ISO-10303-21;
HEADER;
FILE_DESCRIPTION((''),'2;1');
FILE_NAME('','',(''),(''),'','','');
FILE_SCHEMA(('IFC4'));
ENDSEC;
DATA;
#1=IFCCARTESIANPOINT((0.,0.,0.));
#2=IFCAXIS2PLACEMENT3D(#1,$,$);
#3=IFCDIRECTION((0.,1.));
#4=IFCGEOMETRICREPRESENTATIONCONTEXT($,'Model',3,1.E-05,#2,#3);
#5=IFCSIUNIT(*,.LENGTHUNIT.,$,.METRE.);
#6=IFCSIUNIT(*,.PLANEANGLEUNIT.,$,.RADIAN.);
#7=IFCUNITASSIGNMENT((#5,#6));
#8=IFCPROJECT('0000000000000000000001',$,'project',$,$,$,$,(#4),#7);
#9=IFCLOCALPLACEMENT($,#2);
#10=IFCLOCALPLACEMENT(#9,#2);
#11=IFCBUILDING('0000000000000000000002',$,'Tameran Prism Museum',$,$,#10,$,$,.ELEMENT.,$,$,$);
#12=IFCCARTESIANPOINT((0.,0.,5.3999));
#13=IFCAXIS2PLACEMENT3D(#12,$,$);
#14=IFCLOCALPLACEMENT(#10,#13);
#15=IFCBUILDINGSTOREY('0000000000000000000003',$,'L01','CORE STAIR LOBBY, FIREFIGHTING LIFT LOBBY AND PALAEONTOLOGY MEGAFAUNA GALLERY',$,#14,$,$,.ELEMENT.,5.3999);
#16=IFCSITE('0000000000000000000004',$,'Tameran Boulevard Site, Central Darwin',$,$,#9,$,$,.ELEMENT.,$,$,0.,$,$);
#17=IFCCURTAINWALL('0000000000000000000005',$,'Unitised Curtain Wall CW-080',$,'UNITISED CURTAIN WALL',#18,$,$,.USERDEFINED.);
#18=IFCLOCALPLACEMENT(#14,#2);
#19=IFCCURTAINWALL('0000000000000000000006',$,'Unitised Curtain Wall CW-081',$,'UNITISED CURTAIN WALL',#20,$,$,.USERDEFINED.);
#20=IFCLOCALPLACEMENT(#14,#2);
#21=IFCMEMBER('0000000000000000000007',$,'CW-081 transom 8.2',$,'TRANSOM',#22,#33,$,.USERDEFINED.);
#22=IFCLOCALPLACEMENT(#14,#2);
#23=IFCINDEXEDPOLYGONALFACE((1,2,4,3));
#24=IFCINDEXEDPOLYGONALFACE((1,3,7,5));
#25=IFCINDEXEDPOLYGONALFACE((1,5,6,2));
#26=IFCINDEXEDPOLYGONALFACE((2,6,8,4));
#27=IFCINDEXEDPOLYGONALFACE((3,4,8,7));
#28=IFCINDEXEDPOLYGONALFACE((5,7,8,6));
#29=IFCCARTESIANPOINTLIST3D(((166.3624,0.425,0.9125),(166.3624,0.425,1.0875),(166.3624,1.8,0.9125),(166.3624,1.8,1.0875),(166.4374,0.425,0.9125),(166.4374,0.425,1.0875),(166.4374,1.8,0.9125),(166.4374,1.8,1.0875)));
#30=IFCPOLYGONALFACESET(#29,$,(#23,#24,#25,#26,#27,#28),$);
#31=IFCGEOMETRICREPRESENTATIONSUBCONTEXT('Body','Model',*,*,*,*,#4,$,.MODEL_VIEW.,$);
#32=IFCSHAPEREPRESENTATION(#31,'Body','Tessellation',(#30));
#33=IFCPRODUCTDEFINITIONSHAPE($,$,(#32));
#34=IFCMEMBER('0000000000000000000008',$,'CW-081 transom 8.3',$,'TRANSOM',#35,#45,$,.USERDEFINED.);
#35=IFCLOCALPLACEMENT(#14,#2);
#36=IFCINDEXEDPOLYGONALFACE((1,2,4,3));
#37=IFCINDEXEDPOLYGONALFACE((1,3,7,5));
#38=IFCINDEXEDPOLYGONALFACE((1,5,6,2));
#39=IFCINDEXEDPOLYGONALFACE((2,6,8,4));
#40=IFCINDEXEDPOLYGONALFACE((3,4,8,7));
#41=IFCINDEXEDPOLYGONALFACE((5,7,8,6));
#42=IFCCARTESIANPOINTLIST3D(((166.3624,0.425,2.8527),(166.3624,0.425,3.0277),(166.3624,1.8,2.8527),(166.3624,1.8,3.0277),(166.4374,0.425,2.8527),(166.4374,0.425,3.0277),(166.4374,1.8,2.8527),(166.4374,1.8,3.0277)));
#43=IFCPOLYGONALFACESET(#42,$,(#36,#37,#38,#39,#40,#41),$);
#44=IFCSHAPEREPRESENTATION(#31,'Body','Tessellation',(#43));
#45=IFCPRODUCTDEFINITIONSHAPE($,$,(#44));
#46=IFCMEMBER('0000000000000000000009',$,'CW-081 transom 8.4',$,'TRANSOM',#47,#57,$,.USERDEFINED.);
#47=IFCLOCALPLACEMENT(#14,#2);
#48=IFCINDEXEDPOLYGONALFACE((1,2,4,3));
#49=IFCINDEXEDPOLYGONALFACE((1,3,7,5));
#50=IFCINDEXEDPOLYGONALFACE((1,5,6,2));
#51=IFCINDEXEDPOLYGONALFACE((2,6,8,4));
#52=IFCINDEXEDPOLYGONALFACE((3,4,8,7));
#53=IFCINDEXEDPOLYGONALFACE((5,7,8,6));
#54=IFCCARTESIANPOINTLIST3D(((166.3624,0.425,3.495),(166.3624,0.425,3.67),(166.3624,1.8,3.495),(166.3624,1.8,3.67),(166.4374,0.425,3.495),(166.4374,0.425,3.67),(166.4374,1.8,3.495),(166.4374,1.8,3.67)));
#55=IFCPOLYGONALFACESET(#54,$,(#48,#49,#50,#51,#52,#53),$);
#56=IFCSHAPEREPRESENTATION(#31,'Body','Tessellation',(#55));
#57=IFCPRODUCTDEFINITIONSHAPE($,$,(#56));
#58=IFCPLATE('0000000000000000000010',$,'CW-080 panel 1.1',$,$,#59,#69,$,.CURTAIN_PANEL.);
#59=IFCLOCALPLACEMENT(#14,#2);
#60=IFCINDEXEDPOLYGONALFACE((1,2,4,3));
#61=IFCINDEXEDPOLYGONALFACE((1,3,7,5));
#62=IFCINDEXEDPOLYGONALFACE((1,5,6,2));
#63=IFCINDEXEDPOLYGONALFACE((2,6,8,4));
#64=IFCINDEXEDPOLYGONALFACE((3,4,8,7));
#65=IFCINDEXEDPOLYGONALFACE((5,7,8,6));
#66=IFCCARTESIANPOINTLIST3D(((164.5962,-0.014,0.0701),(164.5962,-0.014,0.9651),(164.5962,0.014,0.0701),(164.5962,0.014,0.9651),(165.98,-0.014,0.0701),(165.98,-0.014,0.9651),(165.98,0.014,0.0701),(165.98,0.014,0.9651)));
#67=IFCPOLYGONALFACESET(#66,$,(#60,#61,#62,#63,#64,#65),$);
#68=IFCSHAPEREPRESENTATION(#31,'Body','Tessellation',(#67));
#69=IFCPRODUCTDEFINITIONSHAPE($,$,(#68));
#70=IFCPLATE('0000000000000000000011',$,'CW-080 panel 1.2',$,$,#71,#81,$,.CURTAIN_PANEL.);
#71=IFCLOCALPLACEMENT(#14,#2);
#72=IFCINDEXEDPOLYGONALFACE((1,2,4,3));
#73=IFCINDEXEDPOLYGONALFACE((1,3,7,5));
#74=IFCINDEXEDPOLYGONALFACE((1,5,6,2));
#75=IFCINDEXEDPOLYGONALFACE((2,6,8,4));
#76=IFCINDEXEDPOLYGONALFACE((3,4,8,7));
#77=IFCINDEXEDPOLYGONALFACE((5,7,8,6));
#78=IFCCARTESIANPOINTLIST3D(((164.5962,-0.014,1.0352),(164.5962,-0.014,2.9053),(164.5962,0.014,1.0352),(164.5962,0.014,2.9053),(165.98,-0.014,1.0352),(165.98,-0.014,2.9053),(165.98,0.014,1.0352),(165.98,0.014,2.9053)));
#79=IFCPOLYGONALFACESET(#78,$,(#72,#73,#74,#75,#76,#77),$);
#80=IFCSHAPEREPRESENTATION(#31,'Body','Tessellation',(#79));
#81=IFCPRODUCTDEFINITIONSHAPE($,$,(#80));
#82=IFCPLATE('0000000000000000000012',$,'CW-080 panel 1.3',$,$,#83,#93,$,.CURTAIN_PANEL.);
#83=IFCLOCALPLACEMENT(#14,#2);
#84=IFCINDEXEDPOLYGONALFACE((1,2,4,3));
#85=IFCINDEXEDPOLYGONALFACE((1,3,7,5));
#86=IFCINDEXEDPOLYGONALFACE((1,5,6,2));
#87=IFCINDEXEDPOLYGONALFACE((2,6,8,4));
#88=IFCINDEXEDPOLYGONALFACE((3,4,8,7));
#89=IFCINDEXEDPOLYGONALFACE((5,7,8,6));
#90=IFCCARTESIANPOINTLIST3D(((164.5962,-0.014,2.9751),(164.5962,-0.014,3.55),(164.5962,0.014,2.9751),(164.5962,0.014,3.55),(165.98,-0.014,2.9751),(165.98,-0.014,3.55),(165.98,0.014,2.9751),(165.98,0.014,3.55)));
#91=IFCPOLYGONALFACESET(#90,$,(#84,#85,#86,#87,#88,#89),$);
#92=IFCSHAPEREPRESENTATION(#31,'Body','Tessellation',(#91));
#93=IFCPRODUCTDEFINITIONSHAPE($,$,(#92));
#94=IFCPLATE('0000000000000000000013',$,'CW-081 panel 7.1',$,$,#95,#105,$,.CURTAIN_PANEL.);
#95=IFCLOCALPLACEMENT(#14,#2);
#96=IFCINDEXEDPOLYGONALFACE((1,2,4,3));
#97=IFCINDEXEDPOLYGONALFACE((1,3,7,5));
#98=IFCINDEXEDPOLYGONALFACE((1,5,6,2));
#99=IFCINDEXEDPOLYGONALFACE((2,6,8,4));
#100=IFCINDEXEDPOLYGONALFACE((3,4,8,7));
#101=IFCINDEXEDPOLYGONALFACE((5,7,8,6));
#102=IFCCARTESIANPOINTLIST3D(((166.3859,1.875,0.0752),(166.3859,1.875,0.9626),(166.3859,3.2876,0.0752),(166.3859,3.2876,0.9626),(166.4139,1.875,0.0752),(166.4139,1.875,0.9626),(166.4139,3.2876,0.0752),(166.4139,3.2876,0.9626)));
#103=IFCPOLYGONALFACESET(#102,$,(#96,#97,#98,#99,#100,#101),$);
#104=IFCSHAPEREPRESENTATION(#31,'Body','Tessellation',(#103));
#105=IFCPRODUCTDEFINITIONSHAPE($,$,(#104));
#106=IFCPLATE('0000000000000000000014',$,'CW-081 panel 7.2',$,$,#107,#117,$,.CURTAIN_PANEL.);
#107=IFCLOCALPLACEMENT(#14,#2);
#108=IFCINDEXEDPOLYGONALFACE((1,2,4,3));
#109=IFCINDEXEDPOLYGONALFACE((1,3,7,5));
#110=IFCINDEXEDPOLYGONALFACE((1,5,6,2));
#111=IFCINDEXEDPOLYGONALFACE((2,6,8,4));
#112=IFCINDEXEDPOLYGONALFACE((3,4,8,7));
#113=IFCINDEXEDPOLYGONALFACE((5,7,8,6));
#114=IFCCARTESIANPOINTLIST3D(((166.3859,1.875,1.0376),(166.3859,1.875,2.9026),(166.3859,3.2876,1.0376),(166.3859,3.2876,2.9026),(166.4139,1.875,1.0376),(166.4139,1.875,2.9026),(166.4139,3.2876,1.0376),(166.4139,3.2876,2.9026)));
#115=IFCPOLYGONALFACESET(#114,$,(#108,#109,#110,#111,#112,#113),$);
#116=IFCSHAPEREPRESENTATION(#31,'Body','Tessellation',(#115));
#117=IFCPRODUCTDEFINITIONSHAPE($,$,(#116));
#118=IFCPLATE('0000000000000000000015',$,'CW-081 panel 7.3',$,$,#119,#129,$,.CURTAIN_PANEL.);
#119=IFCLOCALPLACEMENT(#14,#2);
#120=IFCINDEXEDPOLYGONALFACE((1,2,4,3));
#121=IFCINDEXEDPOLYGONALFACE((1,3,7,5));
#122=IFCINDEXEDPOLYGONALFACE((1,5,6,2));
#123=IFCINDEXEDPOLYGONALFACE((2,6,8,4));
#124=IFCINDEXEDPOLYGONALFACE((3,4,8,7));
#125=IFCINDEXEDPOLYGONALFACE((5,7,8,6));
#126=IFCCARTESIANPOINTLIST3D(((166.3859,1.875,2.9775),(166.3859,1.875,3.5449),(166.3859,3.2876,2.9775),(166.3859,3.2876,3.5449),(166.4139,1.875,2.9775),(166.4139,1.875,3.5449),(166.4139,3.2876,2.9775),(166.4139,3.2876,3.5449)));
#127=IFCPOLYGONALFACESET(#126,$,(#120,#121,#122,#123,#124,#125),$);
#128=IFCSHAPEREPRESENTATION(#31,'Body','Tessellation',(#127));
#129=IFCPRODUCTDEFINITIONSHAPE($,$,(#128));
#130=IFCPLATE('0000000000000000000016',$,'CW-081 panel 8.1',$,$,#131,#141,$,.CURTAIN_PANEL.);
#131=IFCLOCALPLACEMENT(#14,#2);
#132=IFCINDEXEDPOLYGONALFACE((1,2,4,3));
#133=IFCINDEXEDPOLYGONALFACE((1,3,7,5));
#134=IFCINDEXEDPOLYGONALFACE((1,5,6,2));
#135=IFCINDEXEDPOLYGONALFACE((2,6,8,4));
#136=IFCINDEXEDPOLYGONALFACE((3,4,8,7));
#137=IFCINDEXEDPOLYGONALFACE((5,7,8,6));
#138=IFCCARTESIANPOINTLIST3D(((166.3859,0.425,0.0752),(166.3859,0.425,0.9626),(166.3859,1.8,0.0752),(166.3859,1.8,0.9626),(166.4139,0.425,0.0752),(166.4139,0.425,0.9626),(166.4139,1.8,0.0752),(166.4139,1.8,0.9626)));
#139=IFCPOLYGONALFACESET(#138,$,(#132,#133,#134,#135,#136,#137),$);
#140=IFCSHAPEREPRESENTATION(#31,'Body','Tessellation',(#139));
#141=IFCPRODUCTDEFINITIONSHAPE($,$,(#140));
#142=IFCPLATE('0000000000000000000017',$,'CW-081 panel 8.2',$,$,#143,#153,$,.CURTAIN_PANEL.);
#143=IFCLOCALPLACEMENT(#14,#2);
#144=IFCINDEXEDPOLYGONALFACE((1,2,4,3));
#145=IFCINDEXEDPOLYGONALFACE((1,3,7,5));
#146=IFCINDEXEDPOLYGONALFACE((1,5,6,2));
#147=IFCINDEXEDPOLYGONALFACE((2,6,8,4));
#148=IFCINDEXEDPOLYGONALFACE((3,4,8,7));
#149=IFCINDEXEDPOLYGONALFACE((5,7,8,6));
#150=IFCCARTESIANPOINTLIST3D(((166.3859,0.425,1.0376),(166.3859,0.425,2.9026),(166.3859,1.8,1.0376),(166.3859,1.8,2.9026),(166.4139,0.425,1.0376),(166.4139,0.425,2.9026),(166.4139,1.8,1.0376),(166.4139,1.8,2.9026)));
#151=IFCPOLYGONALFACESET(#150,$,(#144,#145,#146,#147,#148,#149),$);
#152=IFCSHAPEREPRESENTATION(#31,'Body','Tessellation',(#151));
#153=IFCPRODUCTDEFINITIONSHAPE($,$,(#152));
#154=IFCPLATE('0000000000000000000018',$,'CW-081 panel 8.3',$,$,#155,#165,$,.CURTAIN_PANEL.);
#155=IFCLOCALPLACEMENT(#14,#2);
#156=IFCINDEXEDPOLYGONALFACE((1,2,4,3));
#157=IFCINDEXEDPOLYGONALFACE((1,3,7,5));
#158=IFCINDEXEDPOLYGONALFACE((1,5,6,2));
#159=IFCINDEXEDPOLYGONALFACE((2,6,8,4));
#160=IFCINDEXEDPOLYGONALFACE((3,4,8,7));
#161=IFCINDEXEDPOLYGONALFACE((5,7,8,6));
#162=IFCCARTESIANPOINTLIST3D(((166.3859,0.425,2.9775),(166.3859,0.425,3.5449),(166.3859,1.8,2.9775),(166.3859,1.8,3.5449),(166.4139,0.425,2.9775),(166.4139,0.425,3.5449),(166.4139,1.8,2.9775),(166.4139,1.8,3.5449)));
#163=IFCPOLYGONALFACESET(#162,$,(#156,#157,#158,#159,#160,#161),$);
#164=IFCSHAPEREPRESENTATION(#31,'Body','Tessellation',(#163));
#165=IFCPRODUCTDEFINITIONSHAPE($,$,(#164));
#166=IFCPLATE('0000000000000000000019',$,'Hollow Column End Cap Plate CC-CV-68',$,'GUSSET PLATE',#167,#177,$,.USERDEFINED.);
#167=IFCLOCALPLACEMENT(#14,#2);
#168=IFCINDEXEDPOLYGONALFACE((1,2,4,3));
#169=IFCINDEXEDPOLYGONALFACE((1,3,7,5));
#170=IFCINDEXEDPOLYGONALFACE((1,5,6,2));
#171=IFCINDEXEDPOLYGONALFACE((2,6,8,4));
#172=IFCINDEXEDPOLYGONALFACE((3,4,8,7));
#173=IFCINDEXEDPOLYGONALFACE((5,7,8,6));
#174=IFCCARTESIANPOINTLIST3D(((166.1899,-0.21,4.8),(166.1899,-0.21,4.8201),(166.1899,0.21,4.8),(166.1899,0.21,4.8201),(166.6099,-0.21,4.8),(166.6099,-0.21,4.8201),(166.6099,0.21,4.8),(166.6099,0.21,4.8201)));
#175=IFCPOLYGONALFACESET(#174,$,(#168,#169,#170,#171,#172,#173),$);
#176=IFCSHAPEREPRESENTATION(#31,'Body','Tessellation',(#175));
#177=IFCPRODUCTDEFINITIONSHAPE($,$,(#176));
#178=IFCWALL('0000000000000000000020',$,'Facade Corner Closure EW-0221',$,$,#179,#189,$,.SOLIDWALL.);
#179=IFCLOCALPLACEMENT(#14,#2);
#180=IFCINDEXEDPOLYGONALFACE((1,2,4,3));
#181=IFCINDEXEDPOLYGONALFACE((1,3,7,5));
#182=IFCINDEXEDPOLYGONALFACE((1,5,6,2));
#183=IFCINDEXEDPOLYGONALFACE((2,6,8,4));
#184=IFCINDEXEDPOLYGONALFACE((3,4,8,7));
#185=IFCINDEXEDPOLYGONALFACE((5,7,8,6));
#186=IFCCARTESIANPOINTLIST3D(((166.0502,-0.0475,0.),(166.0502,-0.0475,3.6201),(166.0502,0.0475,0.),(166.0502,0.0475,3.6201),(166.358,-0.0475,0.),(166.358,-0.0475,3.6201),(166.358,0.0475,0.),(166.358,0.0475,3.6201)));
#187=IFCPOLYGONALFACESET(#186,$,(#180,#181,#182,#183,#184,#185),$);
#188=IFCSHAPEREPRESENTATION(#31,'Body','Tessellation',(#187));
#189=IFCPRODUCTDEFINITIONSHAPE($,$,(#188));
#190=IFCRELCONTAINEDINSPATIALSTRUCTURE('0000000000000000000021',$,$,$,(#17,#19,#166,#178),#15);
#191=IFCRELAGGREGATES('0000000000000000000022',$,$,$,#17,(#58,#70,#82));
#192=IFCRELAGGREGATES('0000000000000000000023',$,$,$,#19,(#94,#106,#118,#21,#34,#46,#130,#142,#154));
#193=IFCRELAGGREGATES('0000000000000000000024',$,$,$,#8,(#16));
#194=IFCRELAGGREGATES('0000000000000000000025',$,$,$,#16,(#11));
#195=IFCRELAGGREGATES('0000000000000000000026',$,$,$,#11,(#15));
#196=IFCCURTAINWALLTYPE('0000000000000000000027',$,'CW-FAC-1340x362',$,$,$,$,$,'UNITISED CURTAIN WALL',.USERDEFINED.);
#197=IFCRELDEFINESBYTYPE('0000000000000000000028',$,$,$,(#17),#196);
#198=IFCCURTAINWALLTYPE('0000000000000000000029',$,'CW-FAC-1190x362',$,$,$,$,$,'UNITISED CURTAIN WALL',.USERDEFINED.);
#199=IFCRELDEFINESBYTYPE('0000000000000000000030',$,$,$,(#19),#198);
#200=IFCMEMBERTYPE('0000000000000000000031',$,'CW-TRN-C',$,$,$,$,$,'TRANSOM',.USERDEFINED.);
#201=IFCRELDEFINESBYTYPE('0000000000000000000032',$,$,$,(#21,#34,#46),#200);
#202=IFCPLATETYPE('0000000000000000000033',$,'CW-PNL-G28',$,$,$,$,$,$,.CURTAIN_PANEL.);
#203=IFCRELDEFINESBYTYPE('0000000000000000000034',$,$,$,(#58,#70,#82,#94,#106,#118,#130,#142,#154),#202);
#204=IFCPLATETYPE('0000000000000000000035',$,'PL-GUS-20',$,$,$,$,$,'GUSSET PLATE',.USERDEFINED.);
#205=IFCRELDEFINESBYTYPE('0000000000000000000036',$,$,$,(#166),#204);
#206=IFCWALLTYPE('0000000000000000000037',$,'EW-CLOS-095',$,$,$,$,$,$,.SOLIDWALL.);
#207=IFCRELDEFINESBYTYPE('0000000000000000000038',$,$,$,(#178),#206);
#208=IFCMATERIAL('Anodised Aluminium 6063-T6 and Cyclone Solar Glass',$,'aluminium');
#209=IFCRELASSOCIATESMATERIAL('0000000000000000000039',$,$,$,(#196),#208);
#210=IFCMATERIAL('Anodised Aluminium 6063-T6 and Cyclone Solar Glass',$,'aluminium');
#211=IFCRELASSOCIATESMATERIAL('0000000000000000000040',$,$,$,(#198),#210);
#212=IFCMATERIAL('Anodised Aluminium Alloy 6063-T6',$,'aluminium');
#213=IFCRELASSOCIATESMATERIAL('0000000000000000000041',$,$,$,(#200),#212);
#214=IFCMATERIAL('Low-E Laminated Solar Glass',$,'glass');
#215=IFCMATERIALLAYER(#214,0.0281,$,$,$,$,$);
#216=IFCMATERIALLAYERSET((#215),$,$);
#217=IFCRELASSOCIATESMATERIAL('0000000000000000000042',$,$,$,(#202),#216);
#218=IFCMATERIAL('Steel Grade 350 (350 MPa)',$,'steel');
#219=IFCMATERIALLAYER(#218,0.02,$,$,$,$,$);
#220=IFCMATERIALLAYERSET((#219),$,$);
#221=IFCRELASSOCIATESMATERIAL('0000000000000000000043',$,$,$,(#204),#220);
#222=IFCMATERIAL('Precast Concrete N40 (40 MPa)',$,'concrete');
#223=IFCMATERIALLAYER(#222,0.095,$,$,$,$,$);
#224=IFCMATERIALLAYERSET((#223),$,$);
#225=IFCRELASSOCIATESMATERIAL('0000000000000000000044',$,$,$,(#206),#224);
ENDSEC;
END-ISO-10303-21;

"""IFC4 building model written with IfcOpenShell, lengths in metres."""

from ifc_helpers import new_model, si_unit, direction, frame, frame_2d, origin, origin_2d, place, context, subcontext, project, spatial, rectangle, extrude, material, layer, layer_set, material_profile, profile_set, type_object, element, aggregate, save


model = new_model("IFC4")

# Units and contexts
model_context = context("Model", 3, precision=1e-05, world=origin(), true_north=direction((0.0, 1.0)))
body_context = subcontext(model_context, "Body", "Model", "MODEL_VIEW")
ifc_project = project(units=[si_unit("LENGTHUNIT", "METRE"), si_unit("PLANEANGLEUNIT", "RADIAN")], contexts=[model_context])

# Site, building, storey
site_placement = place(None, origin())
site = spatial("IfcSite", under=ifc_project, at=site_placement, Name="Tameran Boulevard Site, Central Darwin", CompositionType="ELEMENT", RefElevation=0.0)
building_placement = place(site_placement, origin())
building = spatial("IfcBuilding", under=site, at=building_placement, Name="Tameran Prism Museum", CompositionType="ELEMENT")
storey_placement = place(building_placement, frame((0.0, 0.0, 5.3999)))
storey = spatial("IfcBuildingStorey", under=building, at=storey_placement, Name="L01", Description="CORE STAIR LOBBY, FIREFIGHTING LIFT LOBBY AND PALAEONTOLOGY MEGAFAUNA GALLERY", CompositionType="ELEMENT", Elevation=5.3999)

# Curtain walls
ifc_material_1 = material(Name="Anodised Aluminium 6063-T6 and Cyclone Solar Glass", Category="aluminium")
curtain_wall_type_1 = type_object("IfcCurtainWallType", Name="CW-FAC-1340x362", ElementType="UNITISED CURTAIN WALL", PredefinedType="USERDEFINED", material=ifc_material_1)
curtain_wall_1_placement = place(storey_placement, origin())
curtain_wall_1 = element("IfcCurtainWall", 1, at=curtain_wall_1_placement, inside=storey, type_object=curtain_wall_type_1, Name="Unitised Curtain Wall CW-080", ObjectType="UNITISED CURTAIN WALL", PredefinedType="USERDEFINED")
ifc_material_2 = material(Name="Anodised Aluminium 6063-T6 and Cyclone Solar Glass", Category="aluminium")
curtain_wall_type_2 = type_object("IfcCurtainWallType", Name="CW-FAC-1190x362", ElementType="UNITISED CURTAIN WALL", PredefinedType="USERDEFINED", material=ifc_material_2)
curtain_wall_2_placement = place(storey_placement, origin())
curtain_wall_2 = element("IfcCurtainWall", 2, at=curtain_wall_2_placement, inside=storey, type_object=curtain_wall_type_2, Name="Unitised Curtain Wall CW-081", ObjectType="UNITISED CURTAIN WALL", PredefinedType="USERDEFINED")

# Members
ifc_material_3 = material(Name="Anodised Aluminium Alloy 6063-T6", Category="aluminium")
ifc_material_profile_1 = material_profile(ifc_material_3, rectangle(XDim=0.075, YDim=0.175, at=origin_2d()))
ifc_profile_set_1 = profile_set([ifc_material_profile_1])
member_type_1 = type_object("IfcMemberType", Name="CW-TRN-C", ElementType="TRANSOM", PredefinedType="USERDEFINED", material=ifc_profile_set_1)
member_1_placement = place(storey_placement, frame((166.3999, 1.8, 1.0), z_axis=(0.0, -1.0, 0.0), x_axis=(1.0, 0.0, 0.0)))
member_1 = element("IfcMember", 3, at=member_1_placement, type_object=member_type_1, Name="CW-081 transom 8.2", ObjectType="TRANSOM", PredefinedType="USERDEFINED", context=body_context, shape_type="SweptSolid", body=[
    extrude(rectangle(XDim=0.075, YDim=0.175, at=origin_2d()), origin(), (0.0, 0.0, 1.0), 1.375),
])
member_2_placement = place(storey_placement, frame((166.3999, 1.8, 2.9402), z_axis=(0.0, -1.0, 0.0), x_axis=(1.0, 0.0, 0.0)))
member_2 = element("IfcMember", 4, at=member_2_placement, type_object=member_type_1, Name="CW-081 transom 8.3", ObjectType="TRANSOM", PredefinedType="USERDEFINED", context=body_context, shape_type="SweptSolid", body=[
    extrude(rectangle(XDim=0.075, YDim=0.175, at=origin_2d()), origin(), (0.0, 0.0, 1.0), 1.375),
])
member_3_placement = place(storey_placement, frame((166.3999, 1.8, 3.5825), z_axis=(0.0, -1.0, 0.0), x_axis=(1.0, 0.0, 0.0)))
member_3 = element("IfcMember", 5, at=member_3_placement, type_object=member_type_1, Name="CW-081 transom 8.4", ObjectType="TRANSOM", PredefinedType="USERDEFINED", context=body_context, shape_type="SweptSolid", body=[
    extrude(rectangle(XDim=0.075, YDim=0.175, at=origin_2d()), origin(), (0.0, 0.0, 1.0), 1.375),
])

# Plates
ifc_material_4 = material(Name="Low-E Laminated Solar Glass", Category="glass")
ifc_layer_1 = layer(ifc_material_4, 0.0281)
ifc_layer_set_1 = layer_set([ifc_layer_1])
plate_type_1 = type_object("IfcPlateType", Name="CW-PNL-G28", PredefinedType="CURTAIN_PANEL", material=ifc_layer_set_1)
plate_1_placement = place(storey_placement, frame((165.2881, 0.0, 0.0701), z_axis=(0.0, 0.0, 1.0), x_axis=(-1.0, 0.0, 0.0)))
plate_1 = element("IfcPlate", 6, at=plate_1_placement, type_object=plate_type_1, Name="CW-080 panel 1.1", PredefinedType="CURTAIN_PANEL", context=body_context, shape_type="SweptSolid", body=[
    extrude(rectangle(XDim=1.3838, YDim=0.0281, at=origin_2d()), origin(), (0.0, 0.0, 1.0), 0.895),
])
plate_2_placement = place(storey_placement, frame((165.2881, 0.0, 1.0352), z_axis=(0.0, 0.0, 1.0), x_axis=(-1.0, 0.0, 0.0)))
plate_2 = element("IfcPlate", 7, at=plate_2_placement, type_object=plate_type_1, Name="CW-080 panel 1.2", PredefinedType="CURTAIN_PANEL", context=body_context, shape_type="SweptSolid", body=[
    extrude(rectangle(XDim=1.3838, YDim=0.0281, at=origin_2d()), origin(), (0.0, 0.0, 1.0), 1.8701),
])
plate_3_placement = place(storey_placement, frame((165.2881, 0.0, 2.9751), z_axis=(0.0, 0.0, 1.0), x_axis=(-1.0, 0.0, 0.0)))
plate_3 = element("IfcPlate", 8, at=plate_3_placement, type_object=plate_type_1, Name="CW-080 panel 1.3", PredefinedType="CURTAIN_PANEL", context=body_context, shape_type="SweptSolid", body=[
    extrude(rectangle(XDim=1.3838, YDim=0.0281, at=origin_2d()), origin(), (0.0, 0.0, 1.0), 0.575),
])
aggregate(curtain_wall_1, [plate_1, plate_2, plate_3])
plate_4_placement = place(storey_placement, frame((166.3999, 2.5813, 0.0752), z_axis=(0.0, 0.0, 1.0), x_axis=(0.0, -1.0, 0.0)))
plate_4 = element("IfcPlate", 9, at=plate_4_placement, type_object=plate_type_1, Name="CW-081 panel 7.1", PredefinedType="CURTAIN_PANEL", context=body_context, shape_type="SweptSolid", body=[
    extrude(rectangle(XDim=1.4126, YDim=0.0281, at=origin_2d()), origin(), (0.0, 0.0, 1.0), 0.8875),
])
plate_5_placement = place(storey_placement, frame((166.3999, 2.5813, 1.0376), z_axis=(0.0, 0.0, 1.0), x_axis=(0.0, -1.0, 0.0)))
plate_5 = element("IfcPlate", 10, at=plate_5_placement, type_object=plate_type_1, Name="CW-081 panel 7.2", PredefinedType="CURTAIN_PANEL", context=body_context, shape_type="SweptSolid", body=[
    extrude(rectangle(XDim=1.4126, YDim=0.0281, at=origin_2d()), origin(), (0.0, 0.0, 1.0), 1.865),
])
plate_6_placement = place(storey_placement, frame((166.3999, 2.5813, 2.9775), z_axis=(0.0, 0.0, 1.0), x_axis=(0.0, -1.0, 0.0)))
plate_6 = element("IfcPlate", 11, at=plate_6_placement, type_object=plate_type_1, Name="CW-081 panel 7.3", PredefinedType="CURTAIN_PANEL", context=body_context, shape_type="SweptSolid", body=[
    extrude(rectangle(XDim=1.4126, YDim=0.0281, at=origin_2d()), origin(), (0.0, 0.0, 1.0), 0.5674),
])
plate_7_placement = place(storey_placement, frame((166.3999, 1.1125, 0.0752), z_axis=(0.0, 0.0, 1.0), x_axis=(0.0, -1.0, 0.0)))
plate_7 = element("IfcPlate", 12, at=plate_7_placement, type_object=plate_type_1, Name="CW-081 panel 8.1", PredefinedType="CURTAIN_PANEL", context=body_context, shape_type="SweptSolid", body=[
    extrude(rectangle(XDim=1.375, YDim=0.0281, at=origin_2d()), origin(), (0.0, 0.0, 1.0), 0.8875),
])
plate_8_placement = place(storey_placement, frame((166.3999, 1.1125, 1.0376), z_axis=(0.0, 0.0, 1.0), x_axis=(0.0, -1.0, 0.0)))
plate_8 = element("IfcPlate", 13, at=plate_8_placement, type_object=plate_type_1, Name="CW-081 panel 8.2", PredefinedType="CURTAIN_PANEL", context=body_context, shape_type="SweptSolid", body=[
    extrude(rectangle(XDim=1.375, YDim=0.0281, at=origin_2d()), origin(), (0.0, 0.0, 1.0), 1.865),
])
plate_9_placement = place(storey_placement, frame((166.3999, 1.1125, 2.9775), z_axis=(0.0, 0.0, 1.0), x_axis=(0.0, -1.0, 0.0)))
plate_9 = element("IfcPlate", 14, at=plate_9_placement, type_object=plate_type_1, Name="CW-081 panel 8.3", PredefinedType="CURTAIN_PANEL", context=body_context, shape_type="SweptSolid", body=[
    extrude(rectangle(XDim=1.375, YDim=0.0281, at=origin_2d()), origin(), (0.0, 0.0, 1.0), 0.5674),
])
aggregate(curtain_wall_2, [plate_4, plate_5, plate_6, member_1, member_2, member_3, plate_7, plate_8, plate_9])
ifc_material_5 = material(Name="Steel Grade 350 (350 MPa)", Category="steel")
ifc_layer_2 = layer(ifc_material_5, 0.02)
ifc_layer_set_2 = layer_set([ifc_layer_2])
plate_type_2 = type_object("IfcPlateType", Name="PL-GUS-20", ElementType="GUSSET PLATE", PredefinedType="USERDEFINED", material=ifc_layer_set_2)
plate_10_placement = place(storey_placement, frame((166.3999, 0.0, 4.8), z_axis=(0.0, 0.0, 1.0), x_axis=(1.0, 0.0, 0.0)))
element("IfcPlate", 15, at=plate_10_placement, inside=storey, type_object=plate_type_2, Name="Hollow Column End Cap Plate CC-CV-68", ObjectType="GUSSET PLATE", PredefinedType="USERDEFINED", context=body_context, shape_type="SweptSolid", body=[
    extrude(rectangle(XDim=0.4199, YDim=0.4199, at=origin_2d()), origin(), (0.0, 0.0, 1.0), 0.02),
])

# Wall
ifc_material_6 = material(Name="Precast Concrete N40 (40 MPa)", Category="concrete")
ifc_layer_3 = layer(ifc_material_6, 0.095)
ifc_layer_set_3 = layer_set([ifc_layer_3])
wall_type = type_object("IfcWallType", Name="EW-CLOS-095", PredefinedType="SOLIDWALL", material=ifc_layer_set_3)
wall_1_placement = place(storey_placement, frame((166.3579, 0.0, 0.0), z_axis=(0.0, 0.0, 1.0), x_axis=(-1.0, 0.0, 0.0)))
element("IfcWall", 16, at=wall_1_placement, inside=storey, type_object=wall_type, Name="Facade Corner Closure EW-0221", PredefinedType="SOLIDWALL", context=body_context, shape_type="SweptSolid", body=[
    extrude(rectangle(XDim=0.3079, YDim=0.095, at=frame_2d((0.1538, 0.0))), origin(), (0.0, 0.0, 1.0), 3.6201),
])

save(model, "model.ifc")
